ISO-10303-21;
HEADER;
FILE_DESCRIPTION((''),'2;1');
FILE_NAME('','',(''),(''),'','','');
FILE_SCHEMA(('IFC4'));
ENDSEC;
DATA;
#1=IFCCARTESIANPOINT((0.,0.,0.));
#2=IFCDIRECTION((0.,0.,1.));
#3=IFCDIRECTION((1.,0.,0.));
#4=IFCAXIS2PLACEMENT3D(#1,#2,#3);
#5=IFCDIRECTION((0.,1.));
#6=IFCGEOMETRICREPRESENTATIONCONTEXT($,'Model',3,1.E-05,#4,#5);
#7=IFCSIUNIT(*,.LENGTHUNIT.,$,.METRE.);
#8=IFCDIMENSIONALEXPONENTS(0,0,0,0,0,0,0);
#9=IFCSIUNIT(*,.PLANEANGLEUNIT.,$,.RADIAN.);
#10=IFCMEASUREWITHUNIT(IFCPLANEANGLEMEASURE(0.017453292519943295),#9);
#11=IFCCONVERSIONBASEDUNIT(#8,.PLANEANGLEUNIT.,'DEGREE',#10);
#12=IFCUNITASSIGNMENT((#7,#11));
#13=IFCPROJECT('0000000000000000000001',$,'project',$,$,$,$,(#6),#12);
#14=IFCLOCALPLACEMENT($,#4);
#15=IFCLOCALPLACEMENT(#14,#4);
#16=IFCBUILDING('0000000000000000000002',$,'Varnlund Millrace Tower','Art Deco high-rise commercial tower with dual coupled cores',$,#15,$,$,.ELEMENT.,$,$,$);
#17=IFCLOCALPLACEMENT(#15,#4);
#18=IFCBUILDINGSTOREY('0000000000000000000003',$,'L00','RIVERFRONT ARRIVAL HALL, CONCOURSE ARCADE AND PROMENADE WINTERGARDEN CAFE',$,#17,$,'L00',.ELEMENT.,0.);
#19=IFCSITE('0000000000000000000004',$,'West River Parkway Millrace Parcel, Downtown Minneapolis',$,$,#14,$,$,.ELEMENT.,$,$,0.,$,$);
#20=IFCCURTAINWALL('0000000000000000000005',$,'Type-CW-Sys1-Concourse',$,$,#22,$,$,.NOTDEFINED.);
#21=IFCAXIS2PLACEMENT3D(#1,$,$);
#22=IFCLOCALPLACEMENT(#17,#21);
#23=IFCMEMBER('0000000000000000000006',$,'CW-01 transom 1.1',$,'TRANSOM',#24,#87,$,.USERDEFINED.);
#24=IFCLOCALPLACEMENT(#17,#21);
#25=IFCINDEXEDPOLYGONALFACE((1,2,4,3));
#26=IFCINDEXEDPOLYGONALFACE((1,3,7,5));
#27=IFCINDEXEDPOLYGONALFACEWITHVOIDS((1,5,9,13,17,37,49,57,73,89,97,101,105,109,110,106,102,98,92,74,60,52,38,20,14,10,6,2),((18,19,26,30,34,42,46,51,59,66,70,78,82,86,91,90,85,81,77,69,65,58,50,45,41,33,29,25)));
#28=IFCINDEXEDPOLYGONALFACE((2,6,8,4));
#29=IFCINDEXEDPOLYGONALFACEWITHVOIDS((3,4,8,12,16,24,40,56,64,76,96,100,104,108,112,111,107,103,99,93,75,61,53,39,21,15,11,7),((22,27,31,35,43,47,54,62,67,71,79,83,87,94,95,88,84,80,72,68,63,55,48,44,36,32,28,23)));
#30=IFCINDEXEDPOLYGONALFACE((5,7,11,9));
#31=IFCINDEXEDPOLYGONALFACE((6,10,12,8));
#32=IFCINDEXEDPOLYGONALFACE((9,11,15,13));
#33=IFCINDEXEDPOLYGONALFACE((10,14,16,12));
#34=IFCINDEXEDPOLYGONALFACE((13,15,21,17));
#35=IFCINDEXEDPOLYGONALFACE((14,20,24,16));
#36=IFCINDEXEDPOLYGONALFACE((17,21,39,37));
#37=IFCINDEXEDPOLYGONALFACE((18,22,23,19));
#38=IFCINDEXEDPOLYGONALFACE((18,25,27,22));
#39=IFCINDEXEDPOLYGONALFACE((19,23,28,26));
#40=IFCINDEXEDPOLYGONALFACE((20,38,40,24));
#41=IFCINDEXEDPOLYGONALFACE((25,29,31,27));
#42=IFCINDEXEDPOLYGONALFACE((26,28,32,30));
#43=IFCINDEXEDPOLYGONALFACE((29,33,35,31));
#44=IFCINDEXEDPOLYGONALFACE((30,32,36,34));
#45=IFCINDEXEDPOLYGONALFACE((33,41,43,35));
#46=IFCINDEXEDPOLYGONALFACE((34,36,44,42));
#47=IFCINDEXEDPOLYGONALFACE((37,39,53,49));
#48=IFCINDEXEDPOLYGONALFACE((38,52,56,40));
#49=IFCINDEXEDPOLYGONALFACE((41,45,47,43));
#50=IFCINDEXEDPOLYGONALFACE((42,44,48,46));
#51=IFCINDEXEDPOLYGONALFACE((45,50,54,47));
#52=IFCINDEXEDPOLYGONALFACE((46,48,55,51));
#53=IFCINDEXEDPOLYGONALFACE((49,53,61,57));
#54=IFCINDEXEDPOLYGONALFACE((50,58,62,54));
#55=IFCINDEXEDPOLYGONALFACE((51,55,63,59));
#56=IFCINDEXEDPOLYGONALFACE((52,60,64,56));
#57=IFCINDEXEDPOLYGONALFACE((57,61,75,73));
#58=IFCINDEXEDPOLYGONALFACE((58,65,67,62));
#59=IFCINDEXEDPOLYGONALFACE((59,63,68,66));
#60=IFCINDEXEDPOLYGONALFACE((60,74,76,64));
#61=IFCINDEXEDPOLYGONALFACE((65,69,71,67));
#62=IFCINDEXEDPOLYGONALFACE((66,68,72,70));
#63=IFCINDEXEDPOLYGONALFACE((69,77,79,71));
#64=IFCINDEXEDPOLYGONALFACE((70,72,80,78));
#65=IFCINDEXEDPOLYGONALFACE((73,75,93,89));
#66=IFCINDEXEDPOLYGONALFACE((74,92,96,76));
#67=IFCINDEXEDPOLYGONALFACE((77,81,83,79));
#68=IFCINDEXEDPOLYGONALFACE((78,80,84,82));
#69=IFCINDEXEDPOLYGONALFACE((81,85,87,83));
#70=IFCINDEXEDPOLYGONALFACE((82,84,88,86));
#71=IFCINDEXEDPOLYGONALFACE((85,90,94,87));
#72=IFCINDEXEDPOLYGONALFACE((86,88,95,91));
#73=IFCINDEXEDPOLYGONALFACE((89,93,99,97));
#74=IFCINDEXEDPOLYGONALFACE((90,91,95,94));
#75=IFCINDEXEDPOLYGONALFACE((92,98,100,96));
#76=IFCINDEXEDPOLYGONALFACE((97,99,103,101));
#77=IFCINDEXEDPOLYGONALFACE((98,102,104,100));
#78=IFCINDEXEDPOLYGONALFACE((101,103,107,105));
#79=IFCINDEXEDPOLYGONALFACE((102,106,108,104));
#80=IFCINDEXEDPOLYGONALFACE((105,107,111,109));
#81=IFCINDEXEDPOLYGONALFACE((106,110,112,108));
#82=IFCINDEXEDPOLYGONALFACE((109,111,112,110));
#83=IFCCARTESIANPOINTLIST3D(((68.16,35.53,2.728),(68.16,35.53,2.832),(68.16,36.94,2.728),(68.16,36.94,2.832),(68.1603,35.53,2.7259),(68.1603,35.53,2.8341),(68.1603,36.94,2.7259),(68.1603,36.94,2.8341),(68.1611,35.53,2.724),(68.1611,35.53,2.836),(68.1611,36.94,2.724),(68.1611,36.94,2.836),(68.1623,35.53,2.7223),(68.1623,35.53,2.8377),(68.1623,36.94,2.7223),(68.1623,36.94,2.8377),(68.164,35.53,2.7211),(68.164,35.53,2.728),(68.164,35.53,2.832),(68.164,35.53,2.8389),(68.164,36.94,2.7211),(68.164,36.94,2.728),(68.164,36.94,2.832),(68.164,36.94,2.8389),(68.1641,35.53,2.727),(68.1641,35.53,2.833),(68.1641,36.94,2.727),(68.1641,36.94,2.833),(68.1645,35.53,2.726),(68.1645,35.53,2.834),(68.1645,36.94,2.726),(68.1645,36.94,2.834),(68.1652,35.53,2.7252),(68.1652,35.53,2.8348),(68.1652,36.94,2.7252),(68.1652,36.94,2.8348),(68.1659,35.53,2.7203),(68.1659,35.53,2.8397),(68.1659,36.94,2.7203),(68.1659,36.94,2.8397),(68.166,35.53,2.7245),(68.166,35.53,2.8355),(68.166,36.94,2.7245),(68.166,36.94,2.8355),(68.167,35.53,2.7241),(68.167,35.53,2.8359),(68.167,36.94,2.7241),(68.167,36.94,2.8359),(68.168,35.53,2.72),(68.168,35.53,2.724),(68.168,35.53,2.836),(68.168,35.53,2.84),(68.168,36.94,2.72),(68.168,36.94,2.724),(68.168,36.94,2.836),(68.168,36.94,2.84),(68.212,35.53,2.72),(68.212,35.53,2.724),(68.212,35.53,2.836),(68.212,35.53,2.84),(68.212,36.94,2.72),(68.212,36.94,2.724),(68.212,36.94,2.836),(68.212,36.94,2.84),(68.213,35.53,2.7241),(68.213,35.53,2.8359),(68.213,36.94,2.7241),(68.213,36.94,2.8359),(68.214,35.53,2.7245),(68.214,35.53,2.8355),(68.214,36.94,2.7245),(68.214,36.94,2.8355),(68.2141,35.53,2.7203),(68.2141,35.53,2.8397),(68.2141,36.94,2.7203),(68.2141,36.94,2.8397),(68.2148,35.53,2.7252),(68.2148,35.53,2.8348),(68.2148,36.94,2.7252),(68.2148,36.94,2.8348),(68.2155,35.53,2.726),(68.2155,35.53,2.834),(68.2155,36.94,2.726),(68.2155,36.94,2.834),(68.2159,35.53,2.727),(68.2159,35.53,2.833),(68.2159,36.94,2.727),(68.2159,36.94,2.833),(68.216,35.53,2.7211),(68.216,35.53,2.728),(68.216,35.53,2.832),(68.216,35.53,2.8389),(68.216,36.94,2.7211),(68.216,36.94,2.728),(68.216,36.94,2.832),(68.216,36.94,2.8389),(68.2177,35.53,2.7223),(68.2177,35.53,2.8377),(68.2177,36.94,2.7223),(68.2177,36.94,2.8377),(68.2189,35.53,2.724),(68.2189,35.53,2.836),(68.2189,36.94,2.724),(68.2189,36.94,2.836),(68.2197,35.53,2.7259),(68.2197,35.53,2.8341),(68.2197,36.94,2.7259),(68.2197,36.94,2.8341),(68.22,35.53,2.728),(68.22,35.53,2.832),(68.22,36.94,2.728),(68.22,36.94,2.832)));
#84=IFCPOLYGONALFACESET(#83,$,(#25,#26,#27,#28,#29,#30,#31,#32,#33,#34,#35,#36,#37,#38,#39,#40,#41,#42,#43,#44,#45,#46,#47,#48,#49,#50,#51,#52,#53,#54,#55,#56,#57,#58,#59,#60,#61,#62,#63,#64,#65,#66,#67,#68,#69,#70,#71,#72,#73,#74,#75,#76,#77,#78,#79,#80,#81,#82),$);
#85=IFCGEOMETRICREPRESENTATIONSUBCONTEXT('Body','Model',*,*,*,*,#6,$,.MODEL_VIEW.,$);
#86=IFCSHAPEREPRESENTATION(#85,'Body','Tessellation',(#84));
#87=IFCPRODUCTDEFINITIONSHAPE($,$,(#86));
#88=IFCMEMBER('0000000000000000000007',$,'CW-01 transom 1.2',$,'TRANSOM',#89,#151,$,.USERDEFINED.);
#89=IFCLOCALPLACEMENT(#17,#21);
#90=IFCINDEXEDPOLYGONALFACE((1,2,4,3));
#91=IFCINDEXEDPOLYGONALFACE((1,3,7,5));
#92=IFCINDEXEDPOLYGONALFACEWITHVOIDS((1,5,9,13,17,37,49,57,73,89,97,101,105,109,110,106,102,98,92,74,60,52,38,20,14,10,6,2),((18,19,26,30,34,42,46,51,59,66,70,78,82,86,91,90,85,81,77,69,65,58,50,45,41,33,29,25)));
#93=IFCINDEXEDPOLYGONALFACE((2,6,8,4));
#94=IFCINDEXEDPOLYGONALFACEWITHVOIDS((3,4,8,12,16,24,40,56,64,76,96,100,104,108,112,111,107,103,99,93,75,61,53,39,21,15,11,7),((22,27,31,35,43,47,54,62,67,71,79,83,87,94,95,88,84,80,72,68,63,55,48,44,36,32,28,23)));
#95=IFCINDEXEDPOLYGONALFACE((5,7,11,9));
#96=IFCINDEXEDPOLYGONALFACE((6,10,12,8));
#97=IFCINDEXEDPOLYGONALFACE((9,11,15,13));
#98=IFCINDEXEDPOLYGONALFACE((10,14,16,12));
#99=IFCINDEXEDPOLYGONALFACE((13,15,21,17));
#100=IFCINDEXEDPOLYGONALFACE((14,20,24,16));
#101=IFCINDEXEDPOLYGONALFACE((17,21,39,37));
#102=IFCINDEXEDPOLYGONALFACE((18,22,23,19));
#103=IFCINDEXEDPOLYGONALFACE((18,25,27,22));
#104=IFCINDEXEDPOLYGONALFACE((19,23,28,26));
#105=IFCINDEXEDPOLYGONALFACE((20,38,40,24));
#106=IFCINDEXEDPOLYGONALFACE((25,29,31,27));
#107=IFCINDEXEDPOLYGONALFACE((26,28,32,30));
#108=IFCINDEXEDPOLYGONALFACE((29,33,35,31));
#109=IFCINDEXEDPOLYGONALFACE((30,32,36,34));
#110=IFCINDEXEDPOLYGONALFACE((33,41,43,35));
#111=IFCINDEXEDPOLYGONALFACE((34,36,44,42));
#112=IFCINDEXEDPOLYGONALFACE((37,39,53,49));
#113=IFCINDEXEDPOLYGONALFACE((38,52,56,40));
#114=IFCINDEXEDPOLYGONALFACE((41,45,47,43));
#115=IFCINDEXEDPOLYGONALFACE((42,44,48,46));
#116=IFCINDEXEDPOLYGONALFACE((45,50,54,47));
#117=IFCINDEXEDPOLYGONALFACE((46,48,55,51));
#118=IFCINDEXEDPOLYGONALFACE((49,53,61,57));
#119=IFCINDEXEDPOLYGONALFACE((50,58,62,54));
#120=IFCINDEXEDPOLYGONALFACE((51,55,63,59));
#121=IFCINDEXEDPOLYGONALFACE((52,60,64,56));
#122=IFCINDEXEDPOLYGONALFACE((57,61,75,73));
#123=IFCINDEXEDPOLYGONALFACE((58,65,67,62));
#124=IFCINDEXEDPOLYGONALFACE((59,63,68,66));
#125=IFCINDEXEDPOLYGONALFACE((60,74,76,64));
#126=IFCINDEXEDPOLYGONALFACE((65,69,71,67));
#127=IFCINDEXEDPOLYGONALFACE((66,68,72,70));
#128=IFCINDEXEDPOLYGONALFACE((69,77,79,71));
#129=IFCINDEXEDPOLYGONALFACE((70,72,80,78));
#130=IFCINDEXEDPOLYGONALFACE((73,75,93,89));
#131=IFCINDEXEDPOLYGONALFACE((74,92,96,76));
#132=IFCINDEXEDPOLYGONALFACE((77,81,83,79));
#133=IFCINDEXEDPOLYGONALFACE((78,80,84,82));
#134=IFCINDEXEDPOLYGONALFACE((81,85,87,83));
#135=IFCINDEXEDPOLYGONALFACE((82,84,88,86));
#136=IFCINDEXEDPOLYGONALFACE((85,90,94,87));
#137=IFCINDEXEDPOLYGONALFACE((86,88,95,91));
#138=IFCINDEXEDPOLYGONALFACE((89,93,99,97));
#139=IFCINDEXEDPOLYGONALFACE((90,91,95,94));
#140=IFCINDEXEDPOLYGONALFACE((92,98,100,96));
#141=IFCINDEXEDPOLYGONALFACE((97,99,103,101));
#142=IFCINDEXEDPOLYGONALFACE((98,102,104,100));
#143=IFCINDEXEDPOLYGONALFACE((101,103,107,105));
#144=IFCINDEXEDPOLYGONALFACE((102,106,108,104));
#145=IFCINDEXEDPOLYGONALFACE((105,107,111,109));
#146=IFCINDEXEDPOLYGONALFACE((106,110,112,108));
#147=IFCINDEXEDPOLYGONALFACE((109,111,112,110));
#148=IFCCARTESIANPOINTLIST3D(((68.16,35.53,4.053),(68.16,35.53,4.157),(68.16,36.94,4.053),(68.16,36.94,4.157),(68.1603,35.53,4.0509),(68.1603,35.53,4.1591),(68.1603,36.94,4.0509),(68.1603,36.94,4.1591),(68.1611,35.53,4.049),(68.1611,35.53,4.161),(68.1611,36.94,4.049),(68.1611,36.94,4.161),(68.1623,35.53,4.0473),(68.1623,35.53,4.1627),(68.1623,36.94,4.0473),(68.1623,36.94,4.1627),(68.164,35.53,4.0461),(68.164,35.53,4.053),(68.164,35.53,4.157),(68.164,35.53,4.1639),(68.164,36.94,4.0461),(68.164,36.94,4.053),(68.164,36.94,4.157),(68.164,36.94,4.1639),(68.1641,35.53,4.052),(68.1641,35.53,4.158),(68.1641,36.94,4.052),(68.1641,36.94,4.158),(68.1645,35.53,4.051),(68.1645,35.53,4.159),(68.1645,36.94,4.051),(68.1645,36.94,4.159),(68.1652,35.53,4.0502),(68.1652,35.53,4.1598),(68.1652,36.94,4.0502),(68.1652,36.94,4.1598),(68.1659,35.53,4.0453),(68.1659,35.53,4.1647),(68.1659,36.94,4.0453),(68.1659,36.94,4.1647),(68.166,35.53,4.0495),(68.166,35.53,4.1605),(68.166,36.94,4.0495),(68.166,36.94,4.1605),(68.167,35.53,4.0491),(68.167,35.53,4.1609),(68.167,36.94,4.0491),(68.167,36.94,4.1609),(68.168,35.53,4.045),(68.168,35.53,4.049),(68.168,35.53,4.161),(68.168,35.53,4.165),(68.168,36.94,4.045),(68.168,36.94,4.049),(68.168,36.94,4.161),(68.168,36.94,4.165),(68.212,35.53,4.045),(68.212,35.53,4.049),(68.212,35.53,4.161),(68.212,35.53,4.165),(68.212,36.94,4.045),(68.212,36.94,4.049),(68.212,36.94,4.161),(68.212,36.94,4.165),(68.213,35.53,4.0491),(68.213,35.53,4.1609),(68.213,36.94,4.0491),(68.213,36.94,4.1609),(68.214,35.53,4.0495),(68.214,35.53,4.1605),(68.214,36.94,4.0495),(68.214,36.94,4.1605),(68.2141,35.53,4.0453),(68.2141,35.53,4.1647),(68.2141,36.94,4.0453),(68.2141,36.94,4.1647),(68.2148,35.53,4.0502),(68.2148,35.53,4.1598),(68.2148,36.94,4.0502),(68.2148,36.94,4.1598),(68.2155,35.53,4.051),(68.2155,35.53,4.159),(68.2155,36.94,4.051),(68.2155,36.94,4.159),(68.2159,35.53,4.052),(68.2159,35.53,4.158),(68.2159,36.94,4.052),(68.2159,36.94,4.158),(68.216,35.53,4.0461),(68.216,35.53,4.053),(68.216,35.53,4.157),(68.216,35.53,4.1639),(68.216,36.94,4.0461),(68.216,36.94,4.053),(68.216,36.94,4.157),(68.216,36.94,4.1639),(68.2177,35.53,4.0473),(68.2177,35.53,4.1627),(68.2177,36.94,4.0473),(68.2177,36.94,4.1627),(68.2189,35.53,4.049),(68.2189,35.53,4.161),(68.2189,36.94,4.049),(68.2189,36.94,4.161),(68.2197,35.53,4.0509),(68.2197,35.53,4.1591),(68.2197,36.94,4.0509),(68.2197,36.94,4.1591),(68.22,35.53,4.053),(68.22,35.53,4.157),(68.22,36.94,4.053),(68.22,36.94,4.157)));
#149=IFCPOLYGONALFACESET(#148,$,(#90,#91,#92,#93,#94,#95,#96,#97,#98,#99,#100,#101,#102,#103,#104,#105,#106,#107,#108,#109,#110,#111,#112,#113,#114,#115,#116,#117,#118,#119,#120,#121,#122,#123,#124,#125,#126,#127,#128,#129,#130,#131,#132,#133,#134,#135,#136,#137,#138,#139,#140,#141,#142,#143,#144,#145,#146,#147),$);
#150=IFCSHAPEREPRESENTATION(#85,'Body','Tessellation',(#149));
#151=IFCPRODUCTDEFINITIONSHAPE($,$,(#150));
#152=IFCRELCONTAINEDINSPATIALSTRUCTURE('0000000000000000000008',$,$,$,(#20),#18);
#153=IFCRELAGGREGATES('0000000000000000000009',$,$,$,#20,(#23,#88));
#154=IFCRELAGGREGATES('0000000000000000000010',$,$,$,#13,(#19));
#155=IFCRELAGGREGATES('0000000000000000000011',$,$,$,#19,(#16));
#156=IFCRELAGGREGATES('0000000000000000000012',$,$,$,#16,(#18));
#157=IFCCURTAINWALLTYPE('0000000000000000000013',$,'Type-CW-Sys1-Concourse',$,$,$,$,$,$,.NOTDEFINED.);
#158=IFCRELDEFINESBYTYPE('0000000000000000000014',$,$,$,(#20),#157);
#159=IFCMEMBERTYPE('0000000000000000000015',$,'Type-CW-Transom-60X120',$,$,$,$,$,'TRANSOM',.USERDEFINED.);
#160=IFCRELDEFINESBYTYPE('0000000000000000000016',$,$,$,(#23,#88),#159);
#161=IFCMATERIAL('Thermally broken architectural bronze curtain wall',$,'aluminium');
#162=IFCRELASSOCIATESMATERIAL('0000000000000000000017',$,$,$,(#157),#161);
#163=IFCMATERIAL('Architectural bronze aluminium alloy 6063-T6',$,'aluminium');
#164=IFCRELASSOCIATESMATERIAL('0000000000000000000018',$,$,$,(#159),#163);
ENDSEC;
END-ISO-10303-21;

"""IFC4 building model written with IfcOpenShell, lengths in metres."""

from ifc_helpers import new_model, entity, si_unit, converted_unit, direction, frame, origin_with_axes, origin_2d_with_axis, place, context, subcontext, project, spatial, hollow_rectangle, extrude, material, material_profile, profile_set, type_object, element, aggregate, save


model = new_model("IFC4")

# Units and contexts
model_context = context("Model", 3, precision=1e-05, world=origin_with_axes(), true_north=direction((0.0, 1.0)))
body_context = subcontext(model_context, "Body", "Model", "MODEL_VIEW")
ifc_project = project(units=[si_unit("LENGTHUNIT", "METRE"), converted_unit("PLANEANGLEUNIT", "DEGREE", entity("IfcPlaneAngleMeasure", 0.017453292519943295), si_unit("PLANEANGLEUNIT", "RADIAN"), dimensions=[0, 0, 0, 0, 0, 0, 0])], contexts=[model_context])

# Site, building, storey
site_placement = place(None, origin_with_axes())
site = spatial("IfcSite", under=ifc_project, at=site_placement, Name="West River Parkway Millrace Parcel, Downtown Minneapolis", CompositionType="ELEMENT", RefElevation=0.0)
building_placement = place(site_placement, origin_with_axes())
building = spatial("IfcBuilding", under=site, at=building_placement, Name="Varnlund Millrace Tower", Description="Art Deco high-rise commercial tower with dual coupled cores", CompositionType="ELEMENT")
storey_placement = place(building_placement, origin_with_axes())
storey = spatial("IfcBuildingStorey", under=building, at=storey_placement, Name="L00", Description="RIVERFRONT ARRIVAL HALL, CONCOURSE ARCADE AND PROMENADE WINTERGARDEN CAFE", LongName="L00", CompositionType="ELEMENT", Elevation=0.0)

# Shared definitions
ifc_material_1 = material(Name="Thermally broken architectural bronze curtain wall", Category="aluminium")
curtain_wall_type = type_object("IfcCurtainWallType", Name="Type-CW-Sys1-Concourse", PredefinedType="NOTDEFINED", material=ifc_material_1)
ifc_material_2 = material(Name="Architectural bronze aluminium alloy 6063-T6", Category="aluminium")

# Curtain wall
curtain_wall_1_placement = place(storey_placement, frame((68.19, 37.0, 2.75), z_axis=(0.0, 0.0, 1.0), x_axis=(1.0, 0.0, 0.0)))
curtain_wall_1 = element("IfcCurtainWall", 1, at=curtain_wall_1_placement, inside=storey, type_object=curtain_wall_type, Name="Type-CW-Sys1-Concourse", PredefinedType="NOTDEFINED")

# Members
ifc_material_profile_1 = material_profile(ifc_material_2, hollow_rectangle(XDim=0.06, YDim=0.12, WallThickness=0.004, InnerFilletRadius=0.004, OuterFilletRadius=0.008, at=origin_2d_with_axis()), Name="Architectural bronze aluminium alloy 6063-T6")
ifc_profile_set_1 = profile_set([ifc_material_profile_1], Name="Architectural bronze aluminium alloy 6063-T6")
member_type_1 = type_object("IfcMemberType", Name="Type-CW-Transom-60X120", ElementType="TRANSOM", PredefinedType="USERDEFINED", material=ifc_profile_set_1)
member_1_placement = place(storey_placement, frame((68.19, 36.94, 2.78), z_axis=(0.0, -1.0, 0.0), x_axis=(1.0, 0.0, 0.0)))
member_1 = element("IfcMember", 2, at=member_1_placement, type_object=member_type_1, Name="CW-01 transom 1.1", ObjectType="TRANSOM", PredefinedType="USERDEFINED", context=body_context, shape_type="SweptSolid", body=[
    extrude(hollow_rectangle(XDim=0.06, YDim=0.12, WallThickness=0.004, InnerFilletRadius=0.004, OuterFilletRadius=0.008, at=origin_2d_with_axis()), origin_with_axes(), (0.0, 0.0, 1.0), 1.41),
])
member_2_placement = place(storey_placement, frame((68.19, 36.94, 4.105), z_axis=(0.0, -1.0, 0.0), x_axis=(1.0, 0.0, 0.0)))
member_2 = element("IfcMember", 3, at=member_2_placement, type_object=member_type_1, Name="CW-01 transom 1.2", ObjectType="TRANSOM", PredefinedType="USERDEFINED", context=body_context, shape_type="SweptSolid", body=[
    extrude(hollow_rectangle(XDim=0.06, YDim=0.12, WallThickness=0.004, InnerFilletRadius=0.004, OuterFilletRadius=0.008, at=origin_2d_with_axis()), origin_with_axes(), (0.0, 0.0, 1.0), 1.41),
])

aggregate(curtain_wall_1, [member_1, member_2])

save(model, "model.ifc")
